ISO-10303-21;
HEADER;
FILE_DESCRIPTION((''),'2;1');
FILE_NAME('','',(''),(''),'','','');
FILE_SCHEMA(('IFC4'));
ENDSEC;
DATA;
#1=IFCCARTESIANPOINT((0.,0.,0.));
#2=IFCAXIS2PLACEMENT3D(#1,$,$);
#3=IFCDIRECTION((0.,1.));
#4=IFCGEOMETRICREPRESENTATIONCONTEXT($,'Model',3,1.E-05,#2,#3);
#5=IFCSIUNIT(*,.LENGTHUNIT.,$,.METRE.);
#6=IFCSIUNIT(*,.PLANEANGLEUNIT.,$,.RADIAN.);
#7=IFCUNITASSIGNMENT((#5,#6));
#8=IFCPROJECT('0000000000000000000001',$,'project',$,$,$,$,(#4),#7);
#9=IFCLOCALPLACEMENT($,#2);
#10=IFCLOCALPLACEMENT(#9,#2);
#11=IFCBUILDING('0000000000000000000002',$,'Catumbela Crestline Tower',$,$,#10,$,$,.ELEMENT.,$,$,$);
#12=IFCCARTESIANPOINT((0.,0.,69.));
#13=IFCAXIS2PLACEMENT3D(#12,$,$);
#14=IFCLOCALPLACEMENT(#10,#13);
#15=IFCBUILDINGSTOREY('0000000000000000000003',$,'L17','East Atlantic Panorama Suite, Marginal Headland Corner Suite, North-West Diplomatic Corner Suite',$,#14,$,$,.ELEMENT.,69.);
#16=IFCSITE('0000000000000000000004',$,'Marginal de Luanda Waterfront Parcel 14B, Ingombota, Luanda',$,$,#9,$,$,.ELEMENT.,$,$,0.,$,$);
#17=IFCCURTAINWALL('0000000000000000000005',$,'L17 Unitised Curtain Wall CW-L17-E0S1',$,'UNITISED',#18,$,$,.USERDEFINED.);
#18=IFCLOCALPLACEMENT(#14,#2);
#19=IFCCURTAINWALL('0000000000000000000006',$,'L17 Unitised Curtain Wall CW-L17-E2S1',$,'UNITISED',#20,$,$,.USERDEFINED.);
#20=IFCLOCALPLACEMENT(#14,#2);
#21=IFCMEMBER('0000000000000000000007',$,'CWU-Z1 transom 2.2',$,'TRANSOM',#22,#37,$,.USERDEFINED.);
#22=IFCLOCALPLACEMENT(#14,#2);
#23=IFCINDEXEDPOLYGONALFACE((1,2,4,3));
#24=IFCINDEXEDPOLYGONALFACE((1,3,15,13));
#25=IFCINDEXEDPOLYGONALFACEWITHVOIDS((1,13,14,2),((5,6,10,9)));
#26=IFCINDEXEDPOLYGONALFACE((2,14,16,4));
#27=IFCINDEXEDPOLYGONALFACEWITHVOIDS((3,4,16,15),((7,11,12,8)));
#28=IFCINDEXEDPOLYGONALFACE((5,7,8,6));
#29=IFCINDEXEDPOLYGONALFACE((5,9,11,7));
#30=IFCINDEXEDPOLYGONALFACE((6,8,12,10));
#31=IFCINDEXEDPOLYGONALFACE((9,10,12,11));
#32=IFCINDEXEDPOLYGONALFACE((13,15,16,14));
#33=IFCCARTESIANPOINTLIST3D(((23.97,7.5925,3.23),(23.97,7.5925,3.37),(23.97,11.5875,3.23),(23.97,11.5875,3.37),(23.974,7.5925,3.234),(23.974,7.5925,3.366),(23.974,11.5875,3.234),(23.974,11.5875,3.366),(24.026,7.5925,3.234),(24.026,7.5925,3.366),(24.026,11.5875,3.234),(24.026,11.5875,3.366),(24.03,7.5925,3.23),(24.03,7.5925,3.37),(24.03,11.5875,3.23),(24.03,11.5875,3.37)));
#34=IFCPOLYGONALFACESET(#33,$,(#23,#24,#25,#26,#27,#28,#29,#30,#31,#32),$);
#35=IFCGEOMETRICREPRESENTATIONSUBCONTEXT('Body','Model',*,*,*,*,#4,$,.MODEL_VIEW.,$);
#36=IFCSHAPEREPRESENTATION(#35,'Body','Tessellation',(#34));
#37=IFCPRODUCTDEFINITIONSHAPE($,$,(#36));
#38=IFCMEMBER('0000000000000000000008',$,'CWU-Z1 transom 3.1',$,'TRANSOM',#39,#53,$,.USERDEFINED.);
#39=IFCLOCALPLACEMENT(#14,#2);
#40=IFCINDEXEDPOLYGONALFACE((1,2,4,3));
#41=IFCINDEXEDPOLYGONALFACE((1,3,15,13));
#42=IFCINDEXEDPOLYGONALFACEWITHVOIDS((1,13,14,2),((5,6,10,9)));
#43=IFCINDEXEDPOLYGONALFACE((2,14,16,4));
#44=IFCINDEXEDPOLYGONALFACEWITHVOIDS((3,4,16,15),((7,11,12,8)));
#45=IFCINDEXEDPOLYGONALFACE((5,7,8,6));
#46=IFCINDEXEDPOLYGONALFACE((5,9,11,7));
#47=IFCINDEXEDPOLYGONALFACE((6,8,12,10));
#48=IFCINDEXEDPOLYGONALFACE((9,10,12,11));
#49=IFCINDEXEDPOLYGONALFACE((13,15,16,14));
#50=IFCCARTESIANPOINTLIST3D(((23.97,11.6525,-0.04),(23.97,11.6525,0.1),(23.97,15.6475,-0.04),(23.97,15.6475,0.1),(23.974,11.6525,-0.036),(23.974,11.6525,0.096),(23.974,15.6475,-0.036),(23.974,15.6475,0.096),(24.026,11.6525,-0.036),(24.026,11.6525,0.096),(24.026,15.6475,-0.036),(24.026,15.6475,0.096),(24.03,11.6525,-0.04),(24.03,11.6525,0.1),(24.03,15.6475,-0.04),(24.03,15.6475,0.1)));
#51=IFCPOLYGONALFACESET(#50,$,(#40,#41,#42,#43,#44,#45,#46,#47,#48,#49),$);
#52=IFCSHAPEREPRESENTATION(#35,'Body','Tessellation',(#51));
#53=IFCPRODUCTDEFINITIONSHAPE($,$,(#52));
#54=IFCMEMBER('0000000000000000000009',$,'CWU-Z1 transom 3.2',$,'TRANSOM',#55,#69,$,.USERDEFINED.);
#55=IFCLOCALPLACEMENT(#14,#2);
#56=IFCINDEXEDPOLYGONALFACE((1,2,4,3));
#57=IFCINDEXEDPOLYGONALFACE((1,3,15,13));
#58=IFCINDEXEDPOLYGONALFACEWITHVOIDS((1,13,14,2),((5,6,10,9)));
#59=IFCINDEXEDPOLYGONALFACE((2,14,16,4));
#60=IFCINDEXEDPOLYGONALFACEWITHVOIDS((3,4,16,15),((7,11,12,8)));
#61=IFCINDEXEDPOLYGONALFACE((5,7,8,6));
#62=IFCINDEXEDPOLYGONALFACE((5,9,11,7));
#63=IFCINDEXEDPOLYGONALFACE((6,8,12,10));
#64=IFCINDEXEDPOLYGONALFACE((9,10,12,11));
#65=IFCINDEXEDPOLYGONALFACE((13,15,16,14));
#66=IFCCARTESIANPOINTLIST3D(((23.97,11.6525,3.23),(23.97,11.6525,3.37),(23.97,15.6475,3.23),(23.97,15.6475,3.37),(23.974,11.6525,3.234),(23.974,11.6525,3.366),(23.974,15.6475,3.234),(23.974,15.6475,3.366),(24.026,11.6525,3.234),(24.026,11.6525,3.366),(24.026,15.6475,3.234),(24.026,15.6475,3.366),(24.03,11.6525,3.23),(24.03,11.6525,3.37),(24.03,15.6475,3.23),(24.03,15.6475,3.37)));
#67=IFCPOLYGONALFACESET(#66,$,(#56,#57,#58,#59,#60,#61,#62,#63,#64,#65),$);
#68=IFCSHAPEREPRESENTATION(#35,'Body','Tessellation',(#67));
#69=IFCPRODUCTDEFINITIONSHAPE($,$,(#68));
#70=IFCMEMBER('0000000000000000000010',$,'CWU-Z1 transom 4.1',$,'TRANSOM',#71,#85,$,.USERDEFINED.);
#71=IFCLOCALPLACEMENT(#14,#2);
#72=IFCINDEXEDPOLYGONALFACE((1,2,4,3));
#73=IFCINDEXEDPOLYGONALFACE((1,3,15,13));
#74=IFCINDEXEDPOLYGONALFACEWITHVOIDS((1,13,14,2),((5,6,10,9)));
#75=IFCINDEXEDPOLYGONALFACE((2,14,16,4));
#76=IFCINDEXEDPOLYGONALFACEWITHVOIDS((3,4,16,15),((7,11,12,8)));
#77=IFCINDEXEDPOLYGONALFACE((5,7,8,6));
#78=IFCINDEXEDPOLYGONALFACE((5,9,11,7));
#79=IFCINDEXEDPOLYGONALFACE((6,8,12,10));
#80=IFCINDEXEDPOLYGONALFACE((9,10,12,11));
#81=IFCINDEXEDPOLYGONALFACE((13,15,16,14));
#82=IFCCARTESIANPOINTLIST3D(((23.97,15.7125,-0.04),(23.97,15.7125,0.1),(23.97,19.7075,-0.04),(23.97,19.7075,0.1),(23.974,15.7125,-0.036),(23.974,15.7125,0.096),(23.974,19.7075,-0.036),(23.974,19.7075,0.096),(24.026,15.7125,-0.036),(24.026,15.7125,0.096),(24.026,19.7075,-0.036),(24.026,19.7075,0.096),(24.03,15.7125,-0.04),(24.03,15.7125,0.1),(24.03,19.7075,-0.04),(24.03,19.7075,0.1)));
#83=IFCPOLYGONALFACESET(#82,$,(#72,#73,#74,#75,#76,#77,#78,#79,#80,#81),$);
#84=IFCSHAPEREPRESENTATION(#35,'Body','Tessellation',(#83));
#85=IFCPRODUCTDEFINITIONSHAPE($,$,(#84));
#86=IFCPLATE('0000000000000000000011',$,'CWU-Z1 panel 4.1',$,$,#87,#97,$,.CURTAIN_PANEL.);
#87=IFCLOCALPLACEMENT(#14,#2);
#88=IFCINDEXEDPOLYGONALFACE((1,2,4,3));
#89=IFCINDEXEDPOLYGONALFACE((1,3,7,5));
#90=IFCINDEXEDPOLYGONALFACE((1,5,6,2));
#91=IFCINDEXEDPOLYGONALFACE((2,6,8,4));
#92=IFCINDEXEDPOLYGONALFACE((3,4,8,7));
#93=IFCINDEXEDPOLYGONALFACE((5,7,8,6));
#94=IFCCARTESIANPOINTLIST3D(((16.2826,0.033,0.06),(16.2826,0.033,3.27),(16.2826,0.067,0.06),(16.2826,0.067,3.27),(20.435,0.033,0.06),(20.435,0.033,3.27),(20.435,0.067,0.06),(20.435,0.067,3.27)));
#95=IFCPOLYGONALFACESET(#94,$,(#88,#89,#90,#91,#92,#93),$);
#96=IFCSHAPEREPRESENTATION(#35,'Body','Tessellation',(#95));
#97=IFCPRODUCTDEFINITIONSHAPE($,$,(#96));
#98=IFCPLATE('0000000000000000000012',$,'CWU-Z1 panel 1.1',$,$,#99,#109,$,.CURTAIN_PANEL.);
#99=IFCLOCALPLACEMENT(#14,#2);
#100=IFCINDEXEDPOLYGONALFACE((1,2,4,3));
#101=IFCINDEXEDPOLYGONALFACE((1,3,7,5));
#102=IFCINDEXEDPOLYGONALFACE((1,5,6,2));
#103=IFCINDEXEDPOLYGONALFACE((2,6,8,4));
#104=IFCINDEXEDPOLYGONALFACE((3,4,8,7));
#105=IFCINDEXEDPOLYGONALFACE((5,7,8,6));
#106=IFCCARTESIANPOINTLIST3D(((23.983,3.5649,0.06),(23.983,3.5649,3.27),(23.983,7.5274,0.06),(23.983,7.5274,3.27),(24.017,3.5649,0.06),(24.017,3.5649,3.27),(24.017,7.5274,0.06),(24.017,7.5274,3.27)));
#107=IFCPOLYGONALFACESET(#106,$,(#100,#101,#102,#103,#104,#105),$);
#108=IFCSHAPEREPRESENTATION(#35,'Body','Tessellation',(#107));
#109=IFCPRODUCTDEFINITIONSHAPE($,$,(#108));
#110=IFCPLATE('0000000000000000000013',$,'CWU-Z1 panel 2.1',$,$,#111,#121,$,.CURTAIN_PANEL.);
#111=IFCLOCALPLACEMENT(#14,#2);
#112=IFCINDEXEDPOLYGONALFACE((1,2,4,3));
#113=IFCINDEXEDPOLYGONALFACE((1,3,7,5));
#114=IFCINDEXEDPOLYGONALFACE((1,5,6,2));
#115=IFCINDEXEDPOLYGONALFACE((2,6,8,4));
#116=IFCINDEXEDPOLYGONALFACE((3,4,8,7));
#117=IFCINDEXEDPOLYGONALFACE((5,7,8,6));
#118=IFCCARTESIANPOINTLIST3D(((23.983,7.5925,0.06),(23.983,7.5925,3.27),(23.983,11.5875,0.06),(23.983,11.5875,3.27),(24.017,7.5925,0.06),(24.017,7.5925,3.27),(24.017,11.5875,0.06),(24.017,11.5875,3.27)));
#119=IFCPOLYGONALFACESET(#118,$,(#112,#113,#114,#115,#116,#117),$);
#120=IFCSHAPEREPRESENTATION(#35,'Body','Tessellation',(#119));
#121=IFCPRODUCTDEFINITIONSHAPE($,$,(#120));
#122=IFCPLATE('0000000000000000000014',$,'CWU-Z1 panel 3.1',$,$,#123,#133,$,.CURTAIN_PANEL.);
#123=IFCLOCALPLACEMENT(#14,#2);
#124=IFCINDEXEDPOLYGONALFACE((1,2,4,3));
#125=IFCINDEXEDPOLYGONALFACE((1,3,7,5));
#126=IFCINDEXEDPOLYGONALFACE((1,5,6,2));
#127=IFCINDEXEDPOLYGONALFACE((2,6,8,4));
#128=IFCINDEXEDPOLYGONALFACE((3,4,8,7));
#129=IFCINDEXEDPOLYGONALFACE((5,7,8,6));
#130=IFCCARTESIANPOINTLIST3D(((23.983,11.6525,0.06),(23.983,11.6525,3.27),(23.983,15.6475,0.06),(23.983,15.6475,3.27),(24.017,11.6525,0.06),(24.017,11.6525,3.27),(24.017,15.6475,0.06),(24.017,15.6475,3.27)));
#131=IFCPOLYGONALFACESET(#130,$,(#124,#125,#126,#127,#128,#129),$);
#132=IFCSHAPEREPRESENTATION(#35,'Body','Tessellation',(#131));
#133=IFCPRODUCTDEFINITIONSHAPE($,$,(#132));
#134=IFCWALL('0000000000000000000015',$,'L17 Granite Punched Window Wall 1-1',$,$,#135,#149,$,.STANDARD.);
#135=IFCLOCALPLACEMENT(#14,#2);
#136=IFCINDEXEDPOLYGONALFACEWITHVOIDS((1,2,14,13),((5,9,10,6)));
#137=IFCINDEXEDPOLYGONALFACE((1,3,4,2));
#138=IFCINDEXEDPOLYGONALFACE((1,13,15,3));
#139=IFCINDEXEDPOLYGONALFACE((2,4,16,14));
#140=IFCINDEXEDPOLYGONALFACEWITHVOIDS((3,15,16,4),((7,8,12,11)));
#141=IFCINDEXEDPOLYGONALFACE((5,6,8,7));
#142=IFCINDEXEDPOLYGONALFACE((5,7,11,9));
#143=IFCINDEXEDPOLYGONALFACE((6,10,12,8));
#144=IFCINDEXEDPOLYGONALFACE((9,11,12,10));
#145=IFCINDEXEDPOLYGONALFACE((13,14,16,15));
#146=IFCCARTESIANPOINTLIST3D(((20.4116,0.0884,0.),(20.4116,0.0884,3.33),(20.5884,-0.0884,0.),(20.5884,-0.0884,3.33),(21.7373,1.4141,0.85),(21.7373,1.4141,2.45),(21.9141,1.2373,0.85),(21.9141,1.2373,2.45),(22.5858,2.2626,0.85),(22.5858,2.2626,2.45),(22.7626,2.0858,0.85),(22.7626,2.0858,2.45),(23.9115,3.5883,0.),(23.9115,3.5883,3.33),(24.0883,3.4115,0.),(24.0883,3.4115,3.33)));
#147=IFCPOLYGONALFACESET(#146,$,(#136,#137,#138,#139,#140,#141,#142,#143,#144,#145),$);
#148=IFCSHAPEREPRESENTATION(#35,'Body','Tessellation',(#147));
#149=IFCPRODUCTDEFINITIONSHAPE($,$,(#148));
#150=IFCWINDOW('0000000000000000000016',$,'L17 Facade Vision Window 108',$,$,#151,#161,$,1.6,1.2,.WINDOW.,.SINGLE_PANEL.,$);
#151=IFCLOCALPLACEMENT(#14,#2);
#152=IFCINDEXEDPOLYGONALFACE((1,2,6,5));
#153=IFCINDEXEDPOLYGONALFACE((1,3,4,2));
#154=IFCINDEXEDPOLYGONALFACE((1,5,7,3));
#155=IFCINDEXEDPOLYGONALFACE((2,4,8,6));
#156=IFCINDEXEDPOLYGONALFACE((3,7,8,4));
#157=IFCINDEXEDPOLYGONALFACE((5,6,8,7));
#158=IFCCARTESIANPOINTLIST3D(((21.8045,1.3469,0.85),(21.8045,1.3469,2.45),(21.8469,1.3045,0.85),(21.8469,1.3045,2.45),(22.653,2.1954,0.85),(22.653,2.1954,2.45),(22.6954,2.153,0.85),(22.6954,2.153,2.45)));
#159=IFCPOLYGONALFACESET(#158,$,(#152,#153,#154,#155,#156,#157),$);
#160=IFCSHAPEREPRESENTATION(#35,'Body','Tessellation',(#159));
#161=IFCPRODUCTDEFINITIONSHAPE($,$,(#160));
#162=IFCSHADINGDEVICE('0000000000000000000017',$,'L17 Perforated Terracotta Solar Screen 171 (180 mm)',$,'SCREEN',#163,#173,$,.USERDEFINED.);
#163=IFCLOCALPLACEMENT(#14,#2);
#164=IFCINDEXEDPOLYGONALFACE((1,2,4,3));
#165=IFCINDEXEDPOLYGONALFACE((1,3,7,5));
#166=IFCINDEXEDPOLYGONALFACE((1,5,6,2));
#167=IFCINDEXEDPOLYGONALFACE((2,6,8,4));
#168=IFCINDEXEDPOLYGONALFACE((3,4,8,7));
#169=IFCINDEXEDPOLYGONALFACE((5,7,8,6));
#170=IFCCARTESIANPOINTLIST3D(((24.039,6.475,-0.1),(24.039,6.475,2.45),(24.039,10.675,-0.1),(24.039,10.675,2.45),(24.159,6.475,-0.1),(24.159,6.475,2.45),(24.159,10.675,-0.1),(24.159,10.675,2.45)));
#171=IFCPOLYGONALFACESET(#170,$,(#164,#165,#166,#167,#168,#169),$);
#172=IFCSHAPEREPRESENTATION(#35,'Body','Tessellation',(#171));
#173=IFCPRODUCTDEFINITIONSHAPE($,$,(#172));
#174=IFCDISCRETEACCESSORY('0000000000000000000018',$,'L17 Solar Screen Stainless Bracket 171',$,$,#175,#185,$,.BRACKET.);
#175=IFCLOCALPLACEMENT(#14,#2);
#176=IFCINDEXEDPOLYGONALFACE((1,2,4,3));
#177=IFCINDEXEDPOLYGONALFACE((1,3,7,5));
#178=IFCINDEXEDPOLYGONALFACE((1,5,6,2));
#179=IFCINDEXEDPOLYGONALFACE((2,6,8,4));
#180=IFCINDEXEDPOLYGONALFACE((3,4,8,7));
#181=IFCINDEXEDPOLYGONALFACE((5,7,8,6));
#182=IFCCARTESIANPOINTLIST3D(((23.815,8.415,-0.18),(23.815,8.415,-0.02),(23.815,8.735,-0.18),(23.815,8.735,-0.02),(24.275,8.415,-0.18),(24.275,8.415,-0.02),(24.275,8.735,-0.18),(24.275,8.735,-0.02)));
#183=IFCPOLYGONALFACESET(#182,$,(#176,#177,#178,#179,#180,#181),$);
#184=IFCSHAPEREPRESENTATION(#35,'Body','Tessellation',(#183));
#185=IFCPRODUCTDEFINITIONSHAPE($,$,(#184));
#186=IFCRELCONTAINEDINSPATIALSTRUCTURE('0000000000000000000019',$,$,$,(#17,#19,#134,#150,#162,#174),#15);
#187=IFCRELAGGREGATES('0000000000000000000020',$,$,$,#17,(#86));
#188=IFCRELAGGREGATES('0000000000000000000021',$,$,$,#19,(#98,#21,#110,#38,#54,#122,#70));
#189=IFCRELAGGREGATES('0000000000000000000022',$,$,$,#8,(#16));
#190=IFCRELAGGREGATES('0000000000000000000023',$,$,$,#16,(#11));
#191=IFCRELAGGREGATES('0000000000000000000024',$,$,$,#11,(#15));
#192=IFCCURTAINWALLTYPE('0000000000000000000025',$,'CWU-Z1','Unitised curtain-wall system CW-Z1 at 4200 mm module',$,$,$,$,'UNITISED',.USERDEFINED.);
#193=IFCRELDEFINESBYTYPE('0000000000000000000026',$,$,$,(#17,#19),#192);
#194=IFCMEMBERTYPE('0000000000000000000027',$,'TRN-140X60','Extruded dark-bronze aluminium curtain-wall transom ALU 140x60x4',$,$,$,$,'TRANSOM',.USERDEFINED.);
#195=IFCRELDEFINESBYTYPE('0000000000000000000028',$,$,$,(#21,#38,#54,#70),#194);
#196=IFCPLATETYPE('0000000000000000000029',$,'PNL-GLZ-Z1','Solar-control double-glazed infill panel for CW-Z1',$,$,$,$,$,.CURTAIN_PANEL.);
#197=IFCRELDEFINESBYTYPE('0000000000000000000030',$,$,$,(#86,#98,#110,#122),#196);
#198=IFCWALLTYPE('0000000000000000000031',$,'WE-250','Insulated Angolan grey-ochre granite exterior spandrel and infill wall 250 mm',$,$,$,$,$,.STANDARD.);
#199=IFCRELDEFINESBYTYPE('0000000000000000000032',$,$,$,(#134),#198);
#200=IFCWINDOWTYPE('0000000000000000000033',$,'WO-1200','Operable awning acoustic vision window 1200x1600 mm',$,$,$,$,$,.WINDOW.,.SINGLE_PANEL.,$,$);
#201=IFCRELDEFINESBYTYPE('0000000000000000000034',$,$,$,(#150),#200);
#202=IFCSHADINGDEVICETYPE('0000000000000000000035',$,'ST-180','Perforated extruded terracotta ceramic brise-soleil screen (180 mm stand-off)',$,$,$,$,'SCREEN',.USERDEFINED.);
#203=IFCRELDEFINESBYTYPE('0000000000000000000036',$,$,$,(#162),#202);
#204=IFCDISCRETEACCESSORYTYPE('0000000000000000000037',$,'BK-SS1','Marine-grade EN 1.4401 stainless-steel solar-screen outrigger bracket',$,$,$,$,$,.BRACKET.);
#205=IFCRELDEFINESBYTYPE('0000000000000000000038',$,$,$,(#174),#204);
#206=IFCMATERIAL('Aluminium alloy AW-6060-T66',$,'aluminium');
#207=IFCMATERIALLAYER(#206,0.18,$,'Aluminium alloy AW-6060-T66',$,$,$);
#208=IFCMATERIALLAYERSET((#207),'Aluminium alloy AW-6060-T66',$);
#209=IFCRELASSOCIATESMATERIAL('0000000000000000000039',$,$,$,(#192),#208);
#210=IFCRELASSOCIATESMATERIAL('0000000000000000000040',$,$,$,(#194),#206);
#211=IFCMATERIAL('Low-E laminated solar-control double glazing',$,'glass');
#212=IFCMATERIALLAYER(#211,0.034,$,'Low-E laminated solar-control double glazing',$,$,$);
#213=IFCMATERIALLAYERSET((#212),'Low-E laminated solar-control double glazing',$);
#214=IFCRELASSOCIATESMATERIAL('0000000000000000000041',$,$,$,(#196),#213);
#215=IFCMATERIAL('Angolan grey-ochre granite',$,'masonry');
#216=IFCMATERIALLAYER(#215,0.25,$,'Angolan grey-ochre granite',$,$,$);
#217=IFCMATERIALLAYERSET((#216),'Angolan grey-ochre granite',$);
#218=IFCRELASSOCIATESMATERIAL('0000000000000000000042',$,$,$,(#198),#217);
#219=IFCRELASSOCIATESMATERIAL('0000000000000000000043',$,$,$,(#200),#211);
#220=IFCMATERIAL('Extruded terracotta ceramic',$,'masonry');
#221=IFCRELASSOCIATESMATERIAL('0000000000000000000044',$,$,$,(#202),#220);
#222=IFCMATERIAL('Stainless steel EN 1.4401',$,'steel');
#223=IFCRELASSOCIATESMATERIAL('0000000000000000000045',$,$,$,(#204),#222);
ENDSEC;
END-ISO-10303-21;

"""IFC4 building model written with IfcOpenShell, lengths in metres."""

from ifc_helpers import new_model, si_unit, direction, frame, frame_2d, origin, origin_2d, place, context, subcontext, project, spatial, rectangle, hollow_rectangle, extrude, material, layer, layer_set, material_profile, profile_set, type_object, element, fill, aggregate, save


model = new_model("IFC4")

# Units and contexts
model_context = context("Model", 3, precision=1e-05, world=origin(), true_north=direction((0.0, 1.0)))
body_context = subcontext(model_context, "Body", "Model", "MODEL_VIEW")
ifc_project = project(units=[si_unit("LENGTHUNIT", "METRE"), si_unit("PLANEANGLEUNIT", "RADIAN")], contexts=[model_context])

# Site, building, storey
site_placement = place(None, origin())
site = spatial("IfcSite", under=ifc_project, at=site_placement, Name="Marginal de Luanda Waterfront Parcel 14B, Ingombota, Luanda", CompositionType="ELEMENT", RefElevation=0.0)
building_placement = place(site_placement, origin())
building = spatial("IfcBuilding", under=site, at=building_placement, Name="Catumbela Crestline Tower", CompositionType="ELEMENT")
storey_placement = place(building_placement, frame((0.0, 0.0, 69.0)))
storey = spatial("IfcBuildingStorey", under=building, at=storey_placement, Name="L17", Description="East Atlantic Panorama Suite, Marginal Headland Corner Suite, North-West Diplomatic Corner Suite", CompositionType="ELEMENT", Elevation=69.0)

# Curtain wall
ifc_material_1 = material(Name="Aluminium alloy AW-6060-T66", Category="aluminium")
ifc_layer_1 = layer(ifc_material_1, 0.18, Name="Aluminium alloy AW-6060-T66")
ifc_layer_set_1 = layer_set([ifc_layer_1], Name="Aluminium alloy AW-6060-T66")
curtain_wall_type = type_object("IfcCurtainWallType", Name="CWU-Z1", Description="Unitised curtain-wall system CW-Z1 at 4200 mm module", ElementType="UNITISED", PredefinedType="USERDEFINED", material=ifc_layer_set_1)
curtain_wall_1_placement = place(storey_placement, origin())
curtain_wall_1 = element("IfcCurtainWall", 1, at=curtain_wall_1_placement, inside=storey, type_object=curtain_wall_type, Name="L17 Unitised Curtain Wall CW-L17-E0S1", ObjectType="UNITISED", PredefinedType="USERDEFINED")

# Curtain wall
curtain_wall_2_placement = place(storey_placement, origin())
curtain_wall_2 = element("IfcCurtainWall", 2, at=curtain_wall_2_placement, inside=storey, type_object=curtain_wall_type, Name="L17 Unitised Curtain Wall CW-L17-E2S1", ObjectType="UNITISED", PredefinedType="USERDEFINED")

# Members
ifc_material_profile_1 = material_profile(ifc_material_1, hollow_rectangle(XDim=0.06, YDim=0.14, WallThickness=0.004, at=origin_2d()), Name="ALU 140x60x4")
ifc_profile_set_1 = profile_set([ifc_material_profile_1], Name="Aluminium alloy AW-6060-T66")
member_type_1 = type_object("IfcMemberType", Name="TRN-140X60", Description="Extruded dark-bronze aluminium curtain-wall transom ALU 140x60x4", ElementType="TRANSOM", PredefinedType="USERDEFINED", material=ifc_profile_set_1)
member_1_placement = place(storey_placement, frame((24.0, 7.5925, 3.3), z_axis=(0.0, 1.0, 0.0), x_axis=(-1.0, 0.0, 0.0)))
member_1 = element("IfcMember", 3, at=member_1_placement, type_object=member_type_1, Name="CWU-Z1 transom 2.2", ObjectType="TRANSOM", PredefinedType="USERDEFINED", context=body_context, shape_type="SweptSolid", body=[
    extrude(hollow_rectangle(XDim=0.06, YDim=0.14, WallThickness=0.004, at=origin_2d()), origin(), (0.0, 0.0, 1.0), 3.995),
])
member_2_placement = place(storey_placement, frame((24.0, 11.6525, 0.03), z_axis=(0.0, 1.0, 0.0), x_axis=(-1.0, 0.0, 0.0)))
member_2 = element("IfcMember", 4, at=member_2_placement, type_object=member_type_1, Name="CWU-Z1 transom 3.1", ObjectType="TRANSOM", PredefinedType="USERDEFINED", context=body_context, shape_type="SweptSolid", body=[
    extrude(hollow_rectangle(XDim=0.06, YDim=0.14, WallThickness=0.004, at=origin_2d()), origin(), (0.0, 0.0, 1.0), 3.995),
])
member_3_placement = place(storey_placement, frame((24.0, 11.6525, 3.3), z_axis=(0.0, 1.0, 0.0), x_axis=(-1.0, 0.0, 0.0)))
member_3 = element("IfcMember", 5, at=member_3_placement, type_object=member_type_1, Name="CWU-Z1 transom 3.2", ObjectType="TRANSOM", PredefinedType="USERDEFINED", context=body_context, shape_type="SweptSolid", body=[
    extrude(hollow_rectangle(XDim=0.06, YDim=0.14, WallThickness=0.004, at=origin_2d()), origin(), (0.0, 0.0, 1.0), 3.995),
])
member_4_placement = place(storey_placement, frame((24.0, 15.7125, 0.03), z_axis=(0.0, 1.0, 0.0), x_axis=(-1.0, 0.0, 0.0)))
member_4 = element("IfcMember", 6, at=member_4_placement, type_object=member_type_1, Name="CWU-Z1 transom 4.1", ObjectType="TRANSOM", PredefinedType="USERDEFINED", context=body_context, shape_type="SweptSolid", body=[
    extrude(hollow_rectangle(XDim=0.06, YDim=0.14, WallThickness=0.004, at=origin_2d()), origin(), (0.0, 0.0, 1.0), 3.995),
])

# Plates
ifc_material_2 = material(Name="Low-E laminated solar-control double glazing", Category="glass")
ifc_layer_2 = layer(ifc_material_2, 0.034, Name="Low-E laminated solar-control double glazing")
ifc_layer_set_2 = layer_set([ifc_layer_2], Name="Low-E laminated solar-control double glazing")
plate_type = type_object("IfcPlateType", Name="PNL-GLZ-Z1", Description="Solar-control double-glazed infill panel for CW-Z1", PredefinedType="CURTAIN_PANEL", material=ifc_layer_set_2)
plate_1_placement = place(storey_placement, frame((18.3588, 0.05, 0.06), z_axis=(0.0, 0.0, 1.0), x_axis=(1.0, 0.0, 0.0)))
plate_1 = element("IfcPlate", 7, at=plate_1_placement, type_object=plate_type, Name="CWU-Z1 panel 4.1", PredefinedType="CURTAIN_PANEL", context=body_context, shape_type="SweptSolid", body=[
    extrude(rectangle(XDim=4.1525, YDim=0.034, at=origin_2d()), origin(), (0.0, 0.0, 1.0), 3.21),
])
aggregate(curtain_wall_1, [plate_1])
plate_2_placement = place(storey_placement, frame((24.0, 5.5462, 0.06), z_axis=(0.0, 0.0, 1.0), x_axis=(0.0, 1.0, 0.0)))
plate_2 = element("IfcPlate", 8, at=plate_2_placement, type_object=plate_type, Name="CWU-Z1 panel 1.1", PredefinedType="CURTAIN_PANEL", context=body_context, shape_type="SweptSolid", body=[
    extrude(rectangle(XDim=3.9625, YDim=0.034, at=origin_2d()), origin(), (0.0, 0.0, 1.0), 3.21),
])
plate_3_placement = place(storey_placement, frame((24.0, 9.59, 0.06), z_axis=(0.0, 0.0, 1.0), x_axis=(0.0, 1.0, 0.0)))
plate_3 = element("IfcPlate", 9, at=plate_3_placement, type_object=plate_type, Name="CWU-Z1 panel 2.1", PredefinedType="CURTAIN_PANEL", context=body_context, shape_type="SweptSolid", body=[
    extrude(rectangle(XDim=3.995, YDim=0.034, at=origin_2d()), origin(), (0.0, 0.0, 1.0), 3.21),
])
plate_4_placement = place(storey_placement, frame((24.0, 13.65, 0.06), z_axis=(0.0, 0.0, 1.0), x_axis=(0.0, 1.0, 0.0)))
plate_4 = element("IfcPlate", 10, at=plate_4_placement, type_object=plate_type, Name="CWU-Z1 panel 3.1", PredefinedType="CURTAIN_PANEL", context=body_context, shape_type="SweptSolid", body=[
    extrude(rectangle(XDim=3.995, YDim=0.034, at=origin_2d()), origin(), (0.0, 0.0, 1.0), 3.21),
])
aggregate(curtain_wall_2, [plate_2, member_1, plate_3, member_2, member_3, plate_4, member_4])

# Wall, opening, window
ifc_material_3 = material(Name="Angolan grey-ochre granite", Category="masonry")
ifc_layer_3 = layer(ifc_material_3, 0.25, Name="Angolan grey-ochre granite")
ifc_layer_set_3 = layer_set([ifc_layer_3], Name="Angolan grey-ochre granite")
wall_type = type_object("IfcWallType", Name="WE-250", Description="Insulated Angolan grey-ochre granite exterior spandrel and infill wall 250 mm", PredefinedType="STANDARD", material=ifc_layer_set_3)
wall_placement = place(storey_placement, frame((20.5, 0.0, 0.0), z_axis=(0.0, 0.0, 1.0), x_axis=(0.707107, 0.707107, 0.0)))
wall = element("IfcWall", 11, at=wall_placement, inside=storey, type_object=wall_type, Name="L17 Granite Punched Window Wall 1-1", PredefinedType="STANDARD", context=body_context, shape_type="SweptSolid", body=[
    extrude(rectangle(XDim=4.9497, YDim=0.25, at=frame_2d((2.4748, 0.0))), origin(), (0.0, 0.0, 1.0), 3.33),
])
opening_placement = place(wall_placement, frame((1.8748, 0.0, 0.85)))
opening = element("IfcOpeningElement", 12, at=opening_placement, cuts=wall, PredefinedType="OPENING", context=body_context, shape_type="SweptSolid", body=[
    extrude(rectangle(XDim=1.2, YDim=1.6, at=frame_2d((0.6, 0.8))), frame((0.0, 0.135, 0.0), z_axis=(0.0, -1.0, 0.0), x_axis=(1.0, 0.0, 0.0)), (0.0, 0.0, 1.0), 0.27),
])
window_type = type_object("IfcWindowType", Name="WO-1200", Description="Operable awning acoustic vision window 1200x1600 mm", PartitioningType="SINGLE_PANEL", PredefinedType="WINDOW", material=ifc_material_2)
window_placement = place(opening_placement, origin())
window = element("IfcWindow", 13, at=window_placement, inside=storey, type_object=window_type, Name="L17 Facade Vision Window 108", OverallHeight=1.6, OverallWidth=1.2, PartitioningType="SINGLE_PANEL", PredefinedType="WINDOW", context=body_context, shape_type="SweptSolid", body=[
    extrude(rectangle(XDim=1.2, YDim=1.6, at=frame_2d((0.6, 0.8))), frame((0.0, 0.03, 0.0), z_axis=(0.0, -1.0, 0.0), x_axis=(1.0, 0.0, 0.0)), (0.0, 0.0, 1.0), 0.06),
])
fill(opening, window)

# Shading device
ifc_material_4 = material(Name="Extruded terracotta ceramic", Category="masonry")
shading_device_type = type_object("IfcShadingDeviceType", Name="ST-180", Description="Perforated extruded terracotta ceramic brise-soleil screen (180 mm stand-off)", ElementType="SCREEN", PredefinedType="USERDEFINED", material=ifc_material_4)
shading_device_placement = place(storey_placement, frame((24.099, 8.575, -0.1), z_axis=(0.0, 0.0, 1.0), x_axis=(0.0, 1.0, 0.0)))
element("IfcShadingDevice", 14, at=shading_device_placement, inside=storey, type_object=shading_device_type, Name="L17 Perforated Terracotta Solar Screen 171 (180 mm)", ObjectType="SCREEN", PredefinedType="USERDEFINED", context=body_context, shape_type="SweptSolid", body=[
    extrude(rectangle(XDim=4.2, YDim=0.12, at=origin_2d()), origin(), (0.0, 0.0, 1.0), 2.55),
])

# Discrete accessory
ifc_material_5 = material(Name="Stainless steel EN 1.4401", Category="steel")
discrete_accessory_type = type_object("IfcDiscreteAccessoryType", Name="BK-SS1", Description="Marine-grade EN 1.4401 stainless-steel solar-screen outrigger bracket", PredefinedType="BRACKET", material=ifc_material_5)
discrete_accessory_placement = place(storey_placement, frame((24.045, 8.575, -0.18), z_axis=(0.0, 0.0, 1.0), x_axis=(0.0, 1.0, 0.0)))
element("IfcDiscreteAccessory", 15, at=discrete_accessory_placement, inside=storey, type_object=discrete_accessory_type, Name="L17 Solar Screen Stainless Bracket 171", PredefinedType="BRACKET", context=body_context, shape_type="SweptSolid", body=[
    extrude(rectangle(XDim=0.32, YDim=0.46, at=origin_2d()), origin(), (0.0, 0.0, 1.0), 0.16),
])

save(model, "model.ifc")
